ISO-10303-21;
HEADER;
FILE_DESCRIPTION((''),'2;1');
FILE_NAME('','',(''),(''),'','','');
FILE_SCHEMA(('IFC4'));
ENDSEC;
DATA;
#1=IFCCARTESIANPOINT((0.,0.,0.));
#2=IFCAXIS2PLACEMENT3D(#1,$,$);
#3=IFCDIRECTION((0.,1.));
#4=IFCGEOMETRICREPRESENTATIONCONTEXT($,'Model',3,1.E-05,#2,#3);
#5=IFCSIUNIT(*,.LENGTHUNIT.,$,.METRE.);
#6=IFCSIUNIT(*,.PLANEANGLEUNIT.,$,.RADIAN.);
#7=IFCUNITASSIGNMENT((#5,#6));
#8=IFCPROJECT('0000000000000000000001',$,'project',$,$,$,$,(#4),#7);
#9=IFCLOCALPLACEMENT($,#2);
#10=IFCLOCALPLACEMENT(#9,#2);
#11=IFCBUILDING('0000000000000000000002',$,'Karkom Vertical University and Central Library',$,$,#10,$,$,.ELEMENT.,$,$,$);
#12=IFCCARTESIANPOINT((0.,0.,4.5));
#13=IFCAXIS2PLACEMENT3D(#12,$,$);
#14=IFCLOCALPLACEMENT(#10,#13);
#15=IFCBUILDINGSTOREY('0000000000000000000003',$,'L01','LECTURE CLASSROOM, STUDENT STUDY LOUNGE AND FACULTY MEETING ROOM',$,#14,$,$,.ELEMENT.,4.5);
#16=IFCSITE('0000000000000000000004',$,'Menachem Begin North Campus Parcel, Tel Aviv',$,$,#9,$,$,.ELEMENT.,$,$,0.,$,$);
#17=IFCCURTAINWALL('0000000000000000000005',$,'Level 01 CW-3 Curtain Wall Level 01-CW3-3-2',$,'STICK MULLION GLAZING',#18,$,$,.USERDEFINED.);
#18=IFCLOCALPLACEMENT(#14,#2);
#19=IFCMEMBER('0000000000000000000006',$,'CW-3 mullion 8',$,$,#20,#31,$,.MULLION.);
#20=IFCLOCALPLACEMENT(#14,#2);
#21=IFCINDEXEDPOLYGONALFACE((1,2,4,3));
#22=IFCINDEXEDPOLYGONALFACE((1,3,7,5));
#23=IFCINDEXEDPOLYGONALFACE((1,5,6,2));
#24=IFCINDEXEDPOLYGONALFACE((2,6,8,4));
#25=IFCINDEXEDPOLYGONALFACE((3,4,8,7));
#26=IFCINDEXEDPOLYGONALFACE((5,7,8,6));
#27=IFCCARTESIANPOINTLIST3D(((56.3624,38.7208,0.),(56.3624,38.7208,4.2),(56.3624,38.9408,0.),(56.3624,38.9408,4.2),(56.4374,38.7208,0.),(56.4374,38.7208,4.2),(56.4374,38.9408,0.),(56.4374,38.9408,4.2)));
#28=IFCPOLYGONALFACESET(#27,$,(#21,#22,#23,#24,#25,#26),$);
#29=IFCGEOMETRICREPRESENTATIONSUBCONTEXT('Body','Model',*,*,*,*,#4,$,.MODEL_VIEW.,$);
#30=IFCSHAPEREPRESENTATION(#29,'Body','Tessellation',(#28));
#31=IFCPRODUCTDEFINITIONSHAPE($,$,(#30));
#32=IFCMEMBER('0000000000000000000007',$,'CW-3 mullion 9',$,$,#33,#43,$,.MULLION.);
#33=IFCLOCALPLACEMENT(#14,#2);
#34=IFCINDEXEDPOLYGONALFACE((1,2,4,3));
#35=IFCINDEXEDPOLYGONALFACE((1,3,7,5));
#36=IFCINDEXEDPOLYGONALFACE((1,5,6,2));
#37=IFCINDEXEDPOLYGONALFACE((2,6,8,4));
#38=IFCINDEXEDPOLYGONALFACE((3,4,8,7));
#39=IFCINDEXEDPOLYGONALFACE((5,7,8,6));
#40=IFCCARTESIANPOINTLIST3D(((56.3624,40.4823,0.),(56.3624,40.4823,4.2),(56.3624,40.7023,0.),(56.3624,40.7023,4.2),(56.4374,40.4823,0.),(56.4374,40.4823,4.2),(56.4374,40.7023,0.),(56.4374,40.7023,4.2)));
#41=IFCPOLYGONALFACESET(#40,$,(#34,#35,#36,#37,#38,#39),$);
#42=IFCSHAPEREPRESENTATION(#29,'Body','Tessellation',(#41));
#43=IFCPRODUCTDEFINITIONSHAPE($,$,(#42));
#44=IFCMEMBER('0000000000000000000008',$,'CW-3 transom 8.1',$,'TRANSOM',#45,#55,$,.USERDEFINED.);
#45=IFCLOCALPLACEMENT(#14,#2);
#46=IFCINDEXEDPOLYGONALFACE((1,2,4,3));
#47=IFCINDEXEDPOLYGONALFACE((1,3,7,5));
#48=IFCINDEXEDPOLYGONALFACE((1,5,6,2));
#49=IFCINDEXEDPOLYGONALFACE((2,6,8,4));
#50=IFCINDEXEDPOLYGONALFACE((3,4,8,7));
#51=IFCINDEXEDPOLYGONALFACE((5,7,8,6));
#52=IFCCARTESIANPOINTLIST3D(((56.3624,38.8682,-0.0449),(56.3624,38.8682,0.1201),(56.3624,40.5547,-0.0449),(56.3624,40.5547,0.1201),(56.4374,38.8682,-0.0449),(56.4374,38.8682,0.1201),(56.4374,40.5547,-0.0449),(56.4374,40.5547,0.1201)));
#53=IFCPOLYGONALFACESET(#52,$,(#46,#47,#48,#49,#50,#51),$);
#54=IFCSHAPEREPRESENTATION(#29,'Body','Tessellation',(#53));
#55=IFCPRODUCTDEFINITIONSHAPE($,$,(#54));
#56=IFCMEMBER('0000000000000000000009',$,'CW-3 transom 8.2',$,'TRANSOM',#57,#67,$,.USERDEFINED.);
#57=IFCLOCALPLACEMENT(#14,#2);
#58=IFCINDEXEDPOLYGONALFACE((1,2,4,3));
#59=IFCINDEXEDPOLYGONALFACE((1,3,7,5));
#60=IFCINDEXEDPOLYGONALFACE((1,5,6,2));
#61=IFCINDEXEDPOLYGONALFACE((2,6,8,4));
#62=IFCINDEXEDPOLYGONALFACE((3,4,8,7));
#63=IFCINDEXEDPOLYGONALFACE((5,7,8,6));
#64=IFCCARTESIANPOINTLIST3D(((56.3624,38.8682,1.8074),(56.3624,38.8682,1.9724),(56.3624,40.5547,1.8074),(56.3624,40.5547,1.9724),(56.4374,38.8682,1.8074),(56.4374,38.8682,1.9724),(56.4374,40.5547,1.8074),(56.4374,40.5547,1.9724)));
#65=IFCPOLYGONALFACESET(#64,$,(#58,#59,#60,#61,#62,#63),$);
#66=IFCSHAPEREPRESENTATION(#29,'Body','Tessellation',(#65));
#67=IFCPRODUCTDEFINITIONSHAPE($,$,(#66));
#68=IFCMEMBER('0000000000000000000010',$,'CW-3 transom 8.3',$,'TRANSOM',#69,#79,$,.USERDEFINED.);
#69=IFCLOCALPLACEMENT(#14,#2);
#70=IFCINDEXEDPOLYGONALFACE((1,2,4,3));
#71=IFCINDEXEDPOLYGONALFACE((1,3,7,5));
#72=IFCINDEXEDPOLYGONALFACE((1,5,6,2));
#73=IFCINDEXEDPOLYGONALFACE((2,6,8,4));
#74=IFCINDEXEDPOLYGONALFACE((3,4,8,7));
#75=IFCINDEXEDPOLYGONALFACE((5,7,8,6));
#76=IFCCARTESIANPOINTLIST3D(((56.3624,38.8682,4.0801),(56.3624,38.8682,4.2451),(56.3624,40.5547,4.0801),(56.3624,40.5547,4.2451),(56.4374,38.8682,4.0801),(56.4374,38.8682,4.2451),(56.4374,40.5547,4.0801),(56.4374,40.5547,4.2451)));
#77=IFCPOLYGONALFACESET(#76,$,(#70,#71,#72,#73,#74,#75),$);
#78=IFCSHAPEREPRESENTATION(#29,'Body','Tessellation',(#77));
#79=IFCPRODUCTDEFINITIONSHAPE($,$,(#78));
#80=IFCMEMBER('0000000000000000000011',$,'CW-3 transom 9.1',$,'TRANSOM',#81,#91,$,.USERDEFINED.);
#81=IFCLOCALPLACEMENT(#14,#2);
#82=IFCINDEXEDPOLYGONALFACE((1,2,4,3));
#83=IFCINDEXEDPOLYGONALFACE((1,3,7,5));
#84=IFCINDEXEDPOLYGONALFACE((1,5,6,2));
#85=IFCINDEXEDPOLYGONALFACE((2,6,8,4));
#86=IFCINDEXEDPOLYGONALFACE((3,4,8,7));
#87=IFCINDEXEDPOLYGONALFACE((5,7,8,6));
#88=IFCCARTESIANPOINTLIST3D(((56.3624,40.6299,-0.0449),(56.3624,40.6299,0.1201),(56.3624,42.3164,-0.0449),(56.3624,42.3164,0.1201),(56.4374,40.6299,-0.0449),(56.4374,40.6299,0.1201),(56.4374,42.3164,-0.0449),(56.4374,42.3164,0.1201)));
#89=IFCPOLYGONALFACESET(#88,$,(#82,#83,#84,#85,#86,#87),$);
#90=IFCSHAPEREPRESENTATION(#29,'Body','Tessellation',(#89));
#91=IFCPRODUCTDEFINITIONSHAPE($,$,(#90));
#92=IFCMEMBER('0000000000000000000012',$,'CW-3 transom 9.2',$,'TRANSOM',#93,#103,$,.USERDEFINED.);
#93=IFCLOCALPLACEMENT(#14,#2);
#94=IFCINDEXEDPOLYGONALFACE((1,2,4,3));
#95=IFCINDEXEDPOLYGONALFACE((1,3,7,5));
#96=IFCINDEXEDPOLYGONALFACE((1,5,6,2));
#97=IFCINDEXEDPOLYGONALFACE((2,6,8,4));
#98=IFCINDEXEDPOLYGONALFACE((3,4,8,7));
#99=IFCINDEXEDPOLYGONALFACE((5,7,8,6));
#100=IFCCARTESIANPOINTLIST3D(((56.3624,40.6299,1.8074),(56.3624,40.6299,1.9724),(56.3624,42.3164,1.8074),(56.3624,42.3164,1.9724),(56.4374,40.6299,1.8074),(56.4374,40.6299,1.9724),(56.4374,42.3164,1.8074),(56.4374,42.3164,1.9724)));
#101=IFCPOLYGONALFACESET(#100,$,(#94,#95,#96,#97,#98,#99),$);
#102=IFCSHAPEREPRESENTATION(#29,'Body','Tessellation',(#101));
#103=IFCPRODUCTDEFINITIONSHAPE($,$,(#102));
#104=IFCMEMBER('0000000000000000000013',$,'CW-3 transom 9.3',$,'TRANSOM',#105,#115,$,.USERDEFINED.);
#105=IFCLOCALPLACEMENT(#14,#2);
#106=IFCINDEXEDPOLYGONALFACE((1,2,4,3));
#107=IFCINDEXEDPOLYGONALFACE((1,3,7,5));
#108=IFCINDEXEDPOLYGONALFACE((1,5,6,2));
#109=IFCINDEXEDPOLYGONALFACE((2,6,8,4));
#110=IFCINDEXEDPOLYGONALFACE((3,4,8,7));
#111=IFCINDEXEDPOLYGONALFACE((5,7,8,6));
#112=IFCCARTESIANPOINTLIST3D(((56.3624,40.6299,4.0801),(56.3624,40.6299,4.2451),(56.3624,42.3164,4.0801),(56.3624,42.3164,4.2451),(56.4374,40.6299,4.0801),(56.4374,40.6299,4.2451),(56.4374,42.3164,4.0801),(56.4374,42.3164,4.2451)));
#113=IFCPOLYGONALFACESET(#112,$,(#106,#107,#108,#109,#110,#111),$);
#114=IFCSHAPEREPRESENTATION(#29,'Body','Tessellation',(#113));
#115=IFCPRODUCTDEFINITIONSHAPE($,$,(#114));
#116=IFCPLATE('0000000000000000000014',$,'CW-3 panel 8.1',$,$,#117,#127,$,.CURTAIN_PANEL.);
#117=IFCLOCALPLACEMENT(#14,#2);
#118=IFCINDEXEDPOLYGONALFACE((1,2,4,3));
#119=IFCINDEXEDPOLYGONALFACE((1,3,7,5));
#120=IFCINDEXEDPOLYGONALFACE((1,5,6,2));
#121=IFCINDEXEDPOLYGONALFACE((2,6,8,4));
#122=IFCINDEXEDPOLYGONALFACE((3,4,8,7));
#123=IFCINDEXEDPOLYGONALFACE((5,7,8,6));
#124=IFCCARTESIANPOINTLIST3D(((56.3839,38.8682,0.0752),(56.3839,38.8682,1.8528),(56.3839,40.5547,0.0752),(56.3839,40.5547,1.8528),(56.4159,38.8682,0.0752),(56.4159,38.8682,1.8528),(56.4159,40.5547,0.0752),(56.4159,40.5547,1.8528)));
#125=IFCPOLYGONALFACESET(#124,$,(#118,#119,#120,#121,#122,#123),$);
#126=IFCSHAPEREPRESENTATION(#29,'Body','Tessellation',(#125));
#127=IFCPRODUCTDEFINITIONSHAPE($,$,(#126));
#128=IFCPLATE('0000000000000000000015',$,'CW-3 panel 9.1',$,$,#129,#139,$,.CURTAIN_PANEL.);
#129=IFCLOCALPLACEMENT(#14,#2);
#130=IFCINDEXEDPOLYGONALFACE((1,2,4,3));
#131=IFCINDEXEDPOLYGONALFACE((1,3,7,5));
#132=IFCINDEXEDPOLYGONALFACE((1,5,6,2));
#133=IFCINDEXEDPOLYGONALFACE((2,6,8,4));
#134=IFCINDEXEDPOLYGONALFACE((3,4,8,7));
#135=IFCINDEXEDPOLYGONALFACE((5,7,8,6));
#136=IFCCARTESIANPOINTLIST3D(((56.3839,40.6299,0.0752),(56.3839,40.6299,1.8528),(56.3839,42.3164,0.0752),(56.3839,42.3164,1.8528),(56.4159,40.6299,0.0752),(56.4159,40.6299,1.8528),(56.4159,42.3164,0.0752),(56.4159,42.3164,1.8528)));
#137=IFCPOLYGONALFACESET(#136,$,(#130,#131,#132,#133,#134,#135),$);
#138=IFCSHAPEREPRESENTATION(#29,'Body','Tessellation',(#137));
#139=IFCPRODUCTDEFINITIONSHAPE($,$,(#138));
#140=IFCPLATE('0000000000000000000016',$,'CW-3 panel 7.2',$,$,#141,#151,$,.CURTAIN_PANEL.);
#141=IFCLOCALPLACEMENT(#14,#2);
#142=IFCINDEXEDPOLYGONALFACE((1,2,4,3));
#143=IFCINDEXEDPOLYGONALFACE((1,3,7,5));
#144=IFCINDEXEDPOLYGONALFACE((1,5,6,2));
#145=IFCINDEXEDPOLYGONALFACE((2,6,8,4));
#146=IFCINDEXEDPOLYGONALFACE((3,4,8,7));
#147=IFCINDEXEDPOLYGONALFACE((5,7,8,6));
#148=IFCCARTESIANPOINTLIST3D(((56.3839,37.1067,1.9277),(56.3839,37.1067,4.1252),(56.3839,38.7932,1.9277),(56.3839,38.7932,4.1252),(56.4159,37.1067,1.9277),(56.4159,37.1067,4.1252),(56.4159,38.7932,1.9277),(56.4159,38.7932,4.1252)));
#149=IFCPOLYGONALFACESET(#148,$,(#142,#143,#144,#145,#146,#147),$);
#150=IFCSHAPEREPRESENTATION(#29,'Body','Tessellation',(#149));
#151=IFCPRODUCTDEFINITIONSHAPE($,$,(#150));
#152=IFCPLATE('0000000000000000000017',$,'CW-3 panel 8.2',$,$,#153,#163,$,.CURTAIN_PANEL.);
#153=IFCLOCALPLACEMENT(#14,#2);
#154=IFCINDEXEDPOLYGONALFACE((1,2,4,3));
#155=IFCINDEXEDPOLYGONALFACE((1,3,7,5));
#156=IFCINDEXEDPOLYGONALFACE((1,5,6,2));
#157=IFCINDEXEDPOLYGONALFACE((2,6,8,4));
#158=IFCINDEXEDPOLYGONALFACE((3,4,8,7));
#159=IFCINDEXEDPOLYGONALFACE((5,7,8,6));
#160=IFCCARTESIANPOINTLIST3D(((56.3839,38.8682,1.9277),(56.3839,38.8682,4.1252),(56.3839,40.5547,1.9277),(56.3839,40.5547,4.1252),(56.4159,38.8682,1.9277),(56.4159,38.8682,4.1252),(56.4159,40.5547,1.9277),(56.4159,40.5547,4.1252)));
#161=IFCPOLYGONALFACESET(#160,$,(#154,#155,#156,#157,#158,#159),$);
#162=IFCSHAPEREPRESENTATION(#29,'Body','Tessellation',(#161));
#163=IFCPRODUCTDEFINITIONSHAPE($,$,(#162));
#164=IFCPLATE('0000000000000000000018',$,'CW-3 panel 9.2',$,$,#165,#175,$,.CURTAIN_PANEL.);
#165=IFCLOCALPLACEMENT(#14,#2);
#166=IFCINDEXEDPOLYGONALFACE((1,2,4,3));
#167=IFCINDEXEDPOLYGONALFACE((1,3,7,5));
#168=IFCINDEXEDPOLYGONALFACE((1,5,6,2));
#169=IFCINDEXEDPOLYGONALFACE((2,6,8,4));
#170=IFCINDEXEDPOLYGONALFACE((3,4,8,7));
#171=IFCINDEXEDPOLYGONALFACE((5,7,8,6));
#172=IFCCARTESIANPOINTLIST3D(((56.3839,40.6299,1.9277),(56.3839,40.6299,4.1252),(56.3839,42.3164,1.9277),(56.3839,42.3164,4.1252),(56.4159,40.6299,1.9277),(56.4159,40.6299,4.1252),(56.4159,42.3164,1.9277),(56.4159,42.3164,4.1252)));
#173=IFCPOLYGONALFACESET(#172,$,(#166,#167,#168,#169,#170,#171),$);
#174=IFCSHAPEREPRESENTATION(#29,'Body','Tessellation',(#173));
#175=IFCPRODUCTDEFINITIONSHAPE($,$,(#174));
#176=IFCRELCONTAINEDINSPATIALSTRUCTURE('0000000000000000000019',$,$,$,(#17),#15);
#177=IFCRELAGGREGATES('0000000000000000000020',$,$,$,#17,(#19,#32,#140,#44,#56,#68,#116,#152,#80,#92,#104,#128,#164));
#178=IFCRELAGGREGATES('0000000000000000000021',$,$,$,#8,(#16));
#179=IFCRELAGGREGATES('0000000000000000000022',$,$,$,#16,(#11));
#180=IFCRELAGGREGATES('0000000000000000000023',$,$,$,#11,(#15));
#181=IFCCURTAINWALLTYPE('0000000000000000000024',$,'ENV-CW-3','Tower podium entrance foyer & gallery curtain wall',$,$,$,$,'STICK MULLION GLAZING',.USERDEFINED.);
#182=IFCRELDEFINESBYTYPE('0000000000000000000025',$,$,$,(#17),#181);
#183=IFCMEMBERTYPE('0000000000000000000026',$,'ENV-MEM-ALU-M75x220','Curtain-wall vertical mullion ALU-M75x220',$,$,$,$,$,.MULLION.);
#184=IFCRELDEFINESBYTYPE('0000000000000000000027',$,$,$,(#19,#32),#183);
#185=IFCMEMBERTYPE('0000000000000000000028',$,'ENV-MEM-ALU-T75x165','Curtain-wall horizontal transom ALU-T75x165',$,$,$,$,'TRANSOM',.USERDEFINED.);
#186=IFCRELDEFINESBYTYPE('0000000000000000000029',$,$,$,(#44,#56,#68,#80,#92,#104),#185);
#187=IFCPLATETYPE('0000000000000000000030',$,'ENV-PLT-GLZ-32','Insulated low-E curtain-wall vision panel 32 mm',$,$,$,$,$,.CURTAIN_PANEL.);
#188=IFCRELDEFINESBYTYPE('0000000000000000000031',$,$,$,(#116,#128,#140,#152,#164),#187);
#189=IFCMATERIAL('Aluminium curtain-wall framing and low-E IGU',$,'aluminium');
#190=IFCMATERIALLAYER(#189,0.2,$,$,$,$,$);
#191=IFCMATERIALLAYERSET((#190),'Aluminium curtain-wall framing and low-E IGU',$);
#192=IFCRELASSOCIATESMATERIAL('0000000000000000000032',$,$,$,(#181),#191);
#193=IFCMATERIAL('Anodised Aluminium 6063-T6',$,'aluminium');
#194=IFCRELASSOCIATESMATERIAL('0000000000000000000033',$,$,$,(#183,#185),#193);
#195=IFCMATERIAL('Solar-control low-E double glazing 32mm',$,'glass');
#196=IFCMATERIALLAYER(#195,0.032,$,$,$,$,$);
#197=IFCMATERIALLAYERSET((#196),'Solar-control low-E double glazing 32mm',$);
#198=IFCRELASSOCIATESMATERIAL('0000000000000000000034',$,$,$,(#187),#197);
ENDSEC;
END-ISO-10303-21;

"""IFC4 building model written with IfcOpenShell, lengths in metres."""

from ifc_helpers import new_model, si_unit, direction, frame, origin, origin_with_axes, origin_2d, place, context, subcontext, project, spatial, rectangle, extrude, source, transform, mapped, material, layer, layer_set, material_profile, profile_set, type_object, element, aggregate, save


model = new_model("IFC4")

# Units and contexts
model_context = context("Model", 3, precision=1e-05, world=origin(), true_north=direction((0.0, 1.0)))
body_context = subcontext(model_context, "Body", "Model", "MODEL_VIEW")
ifc_project = project(units=[si_unit("LENGTHUNIT", "METRE"), si_unit("PLANEANGLEUNIT", "RADIAN")], contexts=[model_context])

# Site, building, storey
site_placement = place(None, origin())
site = spatial("IfcSite", under=ifc_project, at=site_placement, Name="Menachem Begin North Campus Parcel, Tel Aviv", CompositionType="ELEMENT", RefElevation=0.0)
building_placement = place(site_placement, origin())
building = spatial("IfcBuilding", under=site, at=building_placement, Name="Karkom Vertical University and Central Library", CompositionType="ELEMENT")
storey_placement = place(building_placement, frame((0.0, 0.0, 4.5)))
storey = spatial("IfcBuildingStorey", under=building, at=storey_placement, Name="L01", Description="LECTURE CLASSROOM, STUDENT STUDY LOUNGE AND FACULTY MEETING ROOM", CompositionType="ELEMENT", Elevation=4.5)

# Curtain wall, members, plates
ifc_material_1 = material(Name="Aluminium curtain-wall framing and low-E IGU", Category="aluminium")
ifc_layer_1 = layer(ifc_material_1, 0.2)
ifc_layer_set_1 = layer_set([ifc_layer_1], Name="Aluminium curtain-wall framing and low-E IGU")
curtain_wall_type = type_object("IfcCurtainWallType", Name="ENV-CW-3", Description="Tower podium entrance foyer & gallery curtain wall", ElementType="STICK MULLION GLAZING", PredefinedType="USERDEFINED", material=ifc_layer_set_1)
curtain_wall_placement = place(storey_placement, origin())
curtain_wall = element("IfcCurtainWall", 1, at=curtain_wall_placement, inside=storey, type_object=curtain_wall_type, Name="Level 01 CW-3 Curtain Wall Level 01-CW3-3-2", ObjectType="STICK MULLION GLAZING", PredefinedType="USERDEFINED")
ifc_material_2 = material(Name="Anodised Aluminium 6063-T6", Category="aluminium")
ifc_material_profile_1 = material_profile(ifc_material_2, rectangle(XDim=0.075, YDim=0.22, at=origin_2d()), Name="ALU-M75x220")
ifc_profile_set_1 = profile_set([ifc_material_profile_1], Name="Anodised Aluminium 6063-T6")
member_type_1 = type_object("IfcMemberType", Name="ENV-MEM-ALU-M75x220", Description="Curtain-wall vertical mullion ALU-M75x220", PredefinedType="MULLION", material=ifc_profile_set_1)
shared_shape_1 = source(origin_with_axes(), body_context, "Body", "SweptSolid", [
    extrude(rectangle(XDim=0.075, YDim=0.22, at=origin_2d()), origin(), (0.0, 0.0, 1.0), 4.2),
])
member_1_placement = place(storey_placement, frame((56.3999, 38.8308, 0.0), z_axis=(0.0, 0.0, 1.0), x_axis=(-1.0, 0.0, 0.0)))
member_1 = element("IfcMember", 2, at=member_1_placement, type_object=member_type_1, Name="CW-3 mullion 8", PredefinedType="MULLION", context=body_context, shape_type="MappedRepresentation", body=[
    mapped(shared_shape_1, transform((0.0, 0.0, 0.0), scale=1.0)),
])
member_2_placement = place(storey_placement, frame((56.3999, 40.5923, 0.0), z_axis=(0.0, 0.0, 1.0), x_axis=(-1.0, 0.0, 0.0)))
member_2 = element("IfcMember", 3, at=member_2_placement, type_object=member_type_1, Name="CW-3 mullion 9", PredefinedType="MULLION", context=body_context, shape_type="MappedRepresentation", body=[
    mapped(shared_shape_1, transform((0.0, 0.0, 0.0), scale=1.0)),
])
ifc_material_profile_2 = material_profile(ifc_material_2, rectangle(XDim=0.075, YDim=0.165, at=origin_2d()), Name="ALU-T75x165")
ifc_profile_set_2 = profile_set([ifc_material_profile_2], Name="Anodised Aluminium 6063-T6")
member_type_2 = type_object("IfcMemberType", Name="ENV-MEM-ALU-T75x165", Description="Curtain-wall horizontal transom ALU-T75x165", ElementType="TRANSOM", PredefinedType="USERDEFINED", material=ifc_profile_set_2)
shared_shape_2 = source(origin_with_axes(), body_context, "Body", "SweptSolid", [
    extrude(rectangle(XDim=0.075, YDim=0.165, at=origin_2d()), origin(), (0.0, 0.0, 1.0), 1.6865),
])
member_3_placement = place(storey_placement, frame((56.3999, 38.8682, 0.0376), z_axis=(0.0, 1.0, 0.0), x_axis=(-1.0, 0.0, 0.0)))
member_3 = element("IfcMember", 4, at=member_3_placement, type_object=member_type_2, Name="CW-3 transom 8.1", ObjectType="TRANSOM", PredefinedType="USERDEFINED", context=body_context, shape_type="MappedRepresentation", body=[
    mapped(shared_shape_2, transform((0.0, 0.0, 0.0), scale=1.0)),
])
member_4_placement = place(storey_placement, frame((56.3999, 38.8682, 1.8899), z_axis=(0.0, 1.0, 0.0), x_axis=(-1.0, 0.0, 0.0)))
member_4 = element("IfcMember", 5, at=member_4_placement, type_object=member_type_2, Name="CW-3 transom 8.2", ObjectType="TRANSOM", PredefinedType="USERDEFINED", context=body_context, shape_type="MappedRepresentation", body=[
    mapped(shared_shape_2, transform((0.0, 0.0, 0.0), scale=1.0)),
])
member_5_placement = place(storey_placement, frame((56.3999, 38.8682, 4.1626), z_axis=(0.0, 1.0, 0.0), x_axis=(-1.0, 0.0, 0.0)))
member_5 = element("IfcMember", 6, at=member_5_placement, type_object=member_type_2, Name="CW-3 transom 8.3", ObjectType="TRANSOM", PredefinedType="USERDEFINED", context=body_context, shape_type="MappedRepresentation", body=[
    mapped(shared_shape_2, transform((0.0, 0.0, 0.0), scale=1.0)),
])
member_6_placement = place(storey_placement, frame((56.3999, 40.6299, 0.0376), z_axis=(0.0, 1.0, 0.0), x_axis=(-1.0, 0.0, 0.0)))
member_6 = element("IfcMember", 7, at=member_6_placement, type_object=member_type_2, Name="CW-3 transom 9.1", ObjectType="TRANSOM", PredefinedType="USERDEFINED", context=body_context, shape_type="MappedRepresentation", body=[
    mapped(shared_shape_2, transform((0.0, 0.0, 0.0), scale=1.0)),
])
member_7_placement = place(storey_placement, frame((56.3999, 40.6299, 1.8899), z_axis=(0.0, 1.0, 0.0), x_axis=(-1.0, 0.0, 0.0)))
member_7 = element("IfcMember", 8, at=member_7_placement, type_object=member_type_2, Name="CW-3 transom 9.2", ObjectType="TRANSOM", PredefinedType="USERDEFINED", context=body_context, shape_type="MappedRepresentation", body=[
    mapped(shared_shape_2, transform((0.0, 0.0, 0.0), scale=1.0)),
])
member_8_placement = place(storey_placement, frame((56.3999, 40.6299, 4.1626), z_axis=(0.0, 1.0, 0.0), x_axis=(-1.0, 0.0, 0.0)))
member_8 = element("IfcMember", 9, at=member_8_placement, type_object=member_type_2, Name="CW-3 transom 9.3", ObjectType="TRANSOM", PredefinedType="USERDEFINED", context=body_context, shape_type="MappedRepresentation", body=[
    mapped(shared_shape_2, transform((0.0, 0.0, 0.0), scale=1.0)),
])
ifc_material_3 = material(Name="Solar-control low-E double glazing 32mm", Category="glass")
ifc_layer_2 = layer(ifc_material_3, 0.032)
ifc_layer_set_2 = layer_set([ifc_layer_2], Name="Solar-control low-E double glazing 32mm")
plate_type = type_object("IfcPlateType", Name="ENV-PLT-GLZ-32", Description="Insulated low-E curtain-wall vision panel 32 mm", PredefinedType="CURTAIN_PANEL", material=ifc_layer_set_2)
shared_shape_3 = source(origin_with_axes(), body_context, "Body", "SweptSolid", [
    extrude(rectangle(XDim=1.6865, YDim=0.032, at=origin_2d()), origin(), (0.0, 0.0, 1.0), 1.7776),
])
plate_1_placement = place(storey_placement, frame((56.3999, 39.7114, 0.0752), z_axis=(0.0, 0.0, 1.0), x_axis=(0.0, 1.0, 0.0)))
plate_1 = element("IfcPlate", 10, at=plate_1_placement, type_object=plate_type, Name="CW-3 panel 8.1", PredefinedType="CURTAIN_PANEL", context=body_context, shape_type="MappedRepresentation", body=[
    mapped(shared_shape_3, transform((0.0, 0.0, 0.0), scale=1.0)),
])
plate_2_placement = place(storey_placement, frame((56.3999, 41.4731, 0.0752), z_axis=(0.0, 0.0, 1.0), x_axis=(0.0, 1.0, 0.0)))
plate_2 = element("IfcPlate", 11, at=plate_2_placement, type_object=plate_type, Name="CW-3 panel 9.1", PredefinedType="CURTAIN_PANEL", context=body_context, shape_type="MappedRepresentation", body=[
    mapped(shared_shape_3, transform((0.0, 0.0, 0.0), scale=1.0)),
])
shared_shape_4 = source(origin_with_axes(), body_context, "Body", "SweptSolid", [
    extrude(rectangle(XDim=1.6865, YDim=0.032, at=origin_2d()), origin(), (0.0, 0.0, 1.0), 2.1975),
])
plate_3_placement = place(storey_placement, frame((56.3999, 37.95, 1.9277), z_axis=(0.0, 0.0, 1.0), x_axis=(0.0, 1.0, 0.0)))
plate_3 = element("IfcPlate", 12, at=plate_3_placement, type_object=plate_type, Name="CW-3 panel 7.2", PredefinedType="CURTAIN_PANEL", context=body_context, shape_type="MappedRepresentation", body=[
    mapped(shared_shape_4, transform((0.0, 0.0, 0.0), scale=1.0)),
])
plate_4_placement = place(storey_placement, frame((56.3999, 39.7114, 1.9277), z_axis=(0.0, 0.0, 1.0), x_axis=(0.0, 1.0, 0.0)))
plate_4 = element("IfcPlate", 13, at=plate_4_placement, type_object=plate_type, Name="CW-3 panel 8.2", PredefinedType="CURTAIN_PANEL", context=body_context, shape_type="MappedRepresentation", body=[
    mapped(shared_shape_4, transform((0.0, 0.0, 0.0), scale=1.0)),
])
plate_5_placement = place(storey_placement, frame((56.3999, 41.4731, 1.9277), z_axis=(0.0, 0.0, 1.0), x_axis=(0.0, 1.0, 0.0)))
plate_5 = element("IfcPlate", 14, at=plate_5_placement, type_object=plate_type, Name="CW-3 panel 9.2", PredefinedType="CURTAIN_PANEL", context=body_context, shape_type="MappedRepresentation", body=[
    mapped(shared_shape_4, transform((0.0, 0.0, 0.0), scale=1.0)),
])
aggregate(curtain_wall, [member_1, member_2, plate_3, member_3, member_4, member_5, plate_1, plate_4, member_6, member_7, member_8, plate_2, plate_5])

save(model, "model.ifc")
